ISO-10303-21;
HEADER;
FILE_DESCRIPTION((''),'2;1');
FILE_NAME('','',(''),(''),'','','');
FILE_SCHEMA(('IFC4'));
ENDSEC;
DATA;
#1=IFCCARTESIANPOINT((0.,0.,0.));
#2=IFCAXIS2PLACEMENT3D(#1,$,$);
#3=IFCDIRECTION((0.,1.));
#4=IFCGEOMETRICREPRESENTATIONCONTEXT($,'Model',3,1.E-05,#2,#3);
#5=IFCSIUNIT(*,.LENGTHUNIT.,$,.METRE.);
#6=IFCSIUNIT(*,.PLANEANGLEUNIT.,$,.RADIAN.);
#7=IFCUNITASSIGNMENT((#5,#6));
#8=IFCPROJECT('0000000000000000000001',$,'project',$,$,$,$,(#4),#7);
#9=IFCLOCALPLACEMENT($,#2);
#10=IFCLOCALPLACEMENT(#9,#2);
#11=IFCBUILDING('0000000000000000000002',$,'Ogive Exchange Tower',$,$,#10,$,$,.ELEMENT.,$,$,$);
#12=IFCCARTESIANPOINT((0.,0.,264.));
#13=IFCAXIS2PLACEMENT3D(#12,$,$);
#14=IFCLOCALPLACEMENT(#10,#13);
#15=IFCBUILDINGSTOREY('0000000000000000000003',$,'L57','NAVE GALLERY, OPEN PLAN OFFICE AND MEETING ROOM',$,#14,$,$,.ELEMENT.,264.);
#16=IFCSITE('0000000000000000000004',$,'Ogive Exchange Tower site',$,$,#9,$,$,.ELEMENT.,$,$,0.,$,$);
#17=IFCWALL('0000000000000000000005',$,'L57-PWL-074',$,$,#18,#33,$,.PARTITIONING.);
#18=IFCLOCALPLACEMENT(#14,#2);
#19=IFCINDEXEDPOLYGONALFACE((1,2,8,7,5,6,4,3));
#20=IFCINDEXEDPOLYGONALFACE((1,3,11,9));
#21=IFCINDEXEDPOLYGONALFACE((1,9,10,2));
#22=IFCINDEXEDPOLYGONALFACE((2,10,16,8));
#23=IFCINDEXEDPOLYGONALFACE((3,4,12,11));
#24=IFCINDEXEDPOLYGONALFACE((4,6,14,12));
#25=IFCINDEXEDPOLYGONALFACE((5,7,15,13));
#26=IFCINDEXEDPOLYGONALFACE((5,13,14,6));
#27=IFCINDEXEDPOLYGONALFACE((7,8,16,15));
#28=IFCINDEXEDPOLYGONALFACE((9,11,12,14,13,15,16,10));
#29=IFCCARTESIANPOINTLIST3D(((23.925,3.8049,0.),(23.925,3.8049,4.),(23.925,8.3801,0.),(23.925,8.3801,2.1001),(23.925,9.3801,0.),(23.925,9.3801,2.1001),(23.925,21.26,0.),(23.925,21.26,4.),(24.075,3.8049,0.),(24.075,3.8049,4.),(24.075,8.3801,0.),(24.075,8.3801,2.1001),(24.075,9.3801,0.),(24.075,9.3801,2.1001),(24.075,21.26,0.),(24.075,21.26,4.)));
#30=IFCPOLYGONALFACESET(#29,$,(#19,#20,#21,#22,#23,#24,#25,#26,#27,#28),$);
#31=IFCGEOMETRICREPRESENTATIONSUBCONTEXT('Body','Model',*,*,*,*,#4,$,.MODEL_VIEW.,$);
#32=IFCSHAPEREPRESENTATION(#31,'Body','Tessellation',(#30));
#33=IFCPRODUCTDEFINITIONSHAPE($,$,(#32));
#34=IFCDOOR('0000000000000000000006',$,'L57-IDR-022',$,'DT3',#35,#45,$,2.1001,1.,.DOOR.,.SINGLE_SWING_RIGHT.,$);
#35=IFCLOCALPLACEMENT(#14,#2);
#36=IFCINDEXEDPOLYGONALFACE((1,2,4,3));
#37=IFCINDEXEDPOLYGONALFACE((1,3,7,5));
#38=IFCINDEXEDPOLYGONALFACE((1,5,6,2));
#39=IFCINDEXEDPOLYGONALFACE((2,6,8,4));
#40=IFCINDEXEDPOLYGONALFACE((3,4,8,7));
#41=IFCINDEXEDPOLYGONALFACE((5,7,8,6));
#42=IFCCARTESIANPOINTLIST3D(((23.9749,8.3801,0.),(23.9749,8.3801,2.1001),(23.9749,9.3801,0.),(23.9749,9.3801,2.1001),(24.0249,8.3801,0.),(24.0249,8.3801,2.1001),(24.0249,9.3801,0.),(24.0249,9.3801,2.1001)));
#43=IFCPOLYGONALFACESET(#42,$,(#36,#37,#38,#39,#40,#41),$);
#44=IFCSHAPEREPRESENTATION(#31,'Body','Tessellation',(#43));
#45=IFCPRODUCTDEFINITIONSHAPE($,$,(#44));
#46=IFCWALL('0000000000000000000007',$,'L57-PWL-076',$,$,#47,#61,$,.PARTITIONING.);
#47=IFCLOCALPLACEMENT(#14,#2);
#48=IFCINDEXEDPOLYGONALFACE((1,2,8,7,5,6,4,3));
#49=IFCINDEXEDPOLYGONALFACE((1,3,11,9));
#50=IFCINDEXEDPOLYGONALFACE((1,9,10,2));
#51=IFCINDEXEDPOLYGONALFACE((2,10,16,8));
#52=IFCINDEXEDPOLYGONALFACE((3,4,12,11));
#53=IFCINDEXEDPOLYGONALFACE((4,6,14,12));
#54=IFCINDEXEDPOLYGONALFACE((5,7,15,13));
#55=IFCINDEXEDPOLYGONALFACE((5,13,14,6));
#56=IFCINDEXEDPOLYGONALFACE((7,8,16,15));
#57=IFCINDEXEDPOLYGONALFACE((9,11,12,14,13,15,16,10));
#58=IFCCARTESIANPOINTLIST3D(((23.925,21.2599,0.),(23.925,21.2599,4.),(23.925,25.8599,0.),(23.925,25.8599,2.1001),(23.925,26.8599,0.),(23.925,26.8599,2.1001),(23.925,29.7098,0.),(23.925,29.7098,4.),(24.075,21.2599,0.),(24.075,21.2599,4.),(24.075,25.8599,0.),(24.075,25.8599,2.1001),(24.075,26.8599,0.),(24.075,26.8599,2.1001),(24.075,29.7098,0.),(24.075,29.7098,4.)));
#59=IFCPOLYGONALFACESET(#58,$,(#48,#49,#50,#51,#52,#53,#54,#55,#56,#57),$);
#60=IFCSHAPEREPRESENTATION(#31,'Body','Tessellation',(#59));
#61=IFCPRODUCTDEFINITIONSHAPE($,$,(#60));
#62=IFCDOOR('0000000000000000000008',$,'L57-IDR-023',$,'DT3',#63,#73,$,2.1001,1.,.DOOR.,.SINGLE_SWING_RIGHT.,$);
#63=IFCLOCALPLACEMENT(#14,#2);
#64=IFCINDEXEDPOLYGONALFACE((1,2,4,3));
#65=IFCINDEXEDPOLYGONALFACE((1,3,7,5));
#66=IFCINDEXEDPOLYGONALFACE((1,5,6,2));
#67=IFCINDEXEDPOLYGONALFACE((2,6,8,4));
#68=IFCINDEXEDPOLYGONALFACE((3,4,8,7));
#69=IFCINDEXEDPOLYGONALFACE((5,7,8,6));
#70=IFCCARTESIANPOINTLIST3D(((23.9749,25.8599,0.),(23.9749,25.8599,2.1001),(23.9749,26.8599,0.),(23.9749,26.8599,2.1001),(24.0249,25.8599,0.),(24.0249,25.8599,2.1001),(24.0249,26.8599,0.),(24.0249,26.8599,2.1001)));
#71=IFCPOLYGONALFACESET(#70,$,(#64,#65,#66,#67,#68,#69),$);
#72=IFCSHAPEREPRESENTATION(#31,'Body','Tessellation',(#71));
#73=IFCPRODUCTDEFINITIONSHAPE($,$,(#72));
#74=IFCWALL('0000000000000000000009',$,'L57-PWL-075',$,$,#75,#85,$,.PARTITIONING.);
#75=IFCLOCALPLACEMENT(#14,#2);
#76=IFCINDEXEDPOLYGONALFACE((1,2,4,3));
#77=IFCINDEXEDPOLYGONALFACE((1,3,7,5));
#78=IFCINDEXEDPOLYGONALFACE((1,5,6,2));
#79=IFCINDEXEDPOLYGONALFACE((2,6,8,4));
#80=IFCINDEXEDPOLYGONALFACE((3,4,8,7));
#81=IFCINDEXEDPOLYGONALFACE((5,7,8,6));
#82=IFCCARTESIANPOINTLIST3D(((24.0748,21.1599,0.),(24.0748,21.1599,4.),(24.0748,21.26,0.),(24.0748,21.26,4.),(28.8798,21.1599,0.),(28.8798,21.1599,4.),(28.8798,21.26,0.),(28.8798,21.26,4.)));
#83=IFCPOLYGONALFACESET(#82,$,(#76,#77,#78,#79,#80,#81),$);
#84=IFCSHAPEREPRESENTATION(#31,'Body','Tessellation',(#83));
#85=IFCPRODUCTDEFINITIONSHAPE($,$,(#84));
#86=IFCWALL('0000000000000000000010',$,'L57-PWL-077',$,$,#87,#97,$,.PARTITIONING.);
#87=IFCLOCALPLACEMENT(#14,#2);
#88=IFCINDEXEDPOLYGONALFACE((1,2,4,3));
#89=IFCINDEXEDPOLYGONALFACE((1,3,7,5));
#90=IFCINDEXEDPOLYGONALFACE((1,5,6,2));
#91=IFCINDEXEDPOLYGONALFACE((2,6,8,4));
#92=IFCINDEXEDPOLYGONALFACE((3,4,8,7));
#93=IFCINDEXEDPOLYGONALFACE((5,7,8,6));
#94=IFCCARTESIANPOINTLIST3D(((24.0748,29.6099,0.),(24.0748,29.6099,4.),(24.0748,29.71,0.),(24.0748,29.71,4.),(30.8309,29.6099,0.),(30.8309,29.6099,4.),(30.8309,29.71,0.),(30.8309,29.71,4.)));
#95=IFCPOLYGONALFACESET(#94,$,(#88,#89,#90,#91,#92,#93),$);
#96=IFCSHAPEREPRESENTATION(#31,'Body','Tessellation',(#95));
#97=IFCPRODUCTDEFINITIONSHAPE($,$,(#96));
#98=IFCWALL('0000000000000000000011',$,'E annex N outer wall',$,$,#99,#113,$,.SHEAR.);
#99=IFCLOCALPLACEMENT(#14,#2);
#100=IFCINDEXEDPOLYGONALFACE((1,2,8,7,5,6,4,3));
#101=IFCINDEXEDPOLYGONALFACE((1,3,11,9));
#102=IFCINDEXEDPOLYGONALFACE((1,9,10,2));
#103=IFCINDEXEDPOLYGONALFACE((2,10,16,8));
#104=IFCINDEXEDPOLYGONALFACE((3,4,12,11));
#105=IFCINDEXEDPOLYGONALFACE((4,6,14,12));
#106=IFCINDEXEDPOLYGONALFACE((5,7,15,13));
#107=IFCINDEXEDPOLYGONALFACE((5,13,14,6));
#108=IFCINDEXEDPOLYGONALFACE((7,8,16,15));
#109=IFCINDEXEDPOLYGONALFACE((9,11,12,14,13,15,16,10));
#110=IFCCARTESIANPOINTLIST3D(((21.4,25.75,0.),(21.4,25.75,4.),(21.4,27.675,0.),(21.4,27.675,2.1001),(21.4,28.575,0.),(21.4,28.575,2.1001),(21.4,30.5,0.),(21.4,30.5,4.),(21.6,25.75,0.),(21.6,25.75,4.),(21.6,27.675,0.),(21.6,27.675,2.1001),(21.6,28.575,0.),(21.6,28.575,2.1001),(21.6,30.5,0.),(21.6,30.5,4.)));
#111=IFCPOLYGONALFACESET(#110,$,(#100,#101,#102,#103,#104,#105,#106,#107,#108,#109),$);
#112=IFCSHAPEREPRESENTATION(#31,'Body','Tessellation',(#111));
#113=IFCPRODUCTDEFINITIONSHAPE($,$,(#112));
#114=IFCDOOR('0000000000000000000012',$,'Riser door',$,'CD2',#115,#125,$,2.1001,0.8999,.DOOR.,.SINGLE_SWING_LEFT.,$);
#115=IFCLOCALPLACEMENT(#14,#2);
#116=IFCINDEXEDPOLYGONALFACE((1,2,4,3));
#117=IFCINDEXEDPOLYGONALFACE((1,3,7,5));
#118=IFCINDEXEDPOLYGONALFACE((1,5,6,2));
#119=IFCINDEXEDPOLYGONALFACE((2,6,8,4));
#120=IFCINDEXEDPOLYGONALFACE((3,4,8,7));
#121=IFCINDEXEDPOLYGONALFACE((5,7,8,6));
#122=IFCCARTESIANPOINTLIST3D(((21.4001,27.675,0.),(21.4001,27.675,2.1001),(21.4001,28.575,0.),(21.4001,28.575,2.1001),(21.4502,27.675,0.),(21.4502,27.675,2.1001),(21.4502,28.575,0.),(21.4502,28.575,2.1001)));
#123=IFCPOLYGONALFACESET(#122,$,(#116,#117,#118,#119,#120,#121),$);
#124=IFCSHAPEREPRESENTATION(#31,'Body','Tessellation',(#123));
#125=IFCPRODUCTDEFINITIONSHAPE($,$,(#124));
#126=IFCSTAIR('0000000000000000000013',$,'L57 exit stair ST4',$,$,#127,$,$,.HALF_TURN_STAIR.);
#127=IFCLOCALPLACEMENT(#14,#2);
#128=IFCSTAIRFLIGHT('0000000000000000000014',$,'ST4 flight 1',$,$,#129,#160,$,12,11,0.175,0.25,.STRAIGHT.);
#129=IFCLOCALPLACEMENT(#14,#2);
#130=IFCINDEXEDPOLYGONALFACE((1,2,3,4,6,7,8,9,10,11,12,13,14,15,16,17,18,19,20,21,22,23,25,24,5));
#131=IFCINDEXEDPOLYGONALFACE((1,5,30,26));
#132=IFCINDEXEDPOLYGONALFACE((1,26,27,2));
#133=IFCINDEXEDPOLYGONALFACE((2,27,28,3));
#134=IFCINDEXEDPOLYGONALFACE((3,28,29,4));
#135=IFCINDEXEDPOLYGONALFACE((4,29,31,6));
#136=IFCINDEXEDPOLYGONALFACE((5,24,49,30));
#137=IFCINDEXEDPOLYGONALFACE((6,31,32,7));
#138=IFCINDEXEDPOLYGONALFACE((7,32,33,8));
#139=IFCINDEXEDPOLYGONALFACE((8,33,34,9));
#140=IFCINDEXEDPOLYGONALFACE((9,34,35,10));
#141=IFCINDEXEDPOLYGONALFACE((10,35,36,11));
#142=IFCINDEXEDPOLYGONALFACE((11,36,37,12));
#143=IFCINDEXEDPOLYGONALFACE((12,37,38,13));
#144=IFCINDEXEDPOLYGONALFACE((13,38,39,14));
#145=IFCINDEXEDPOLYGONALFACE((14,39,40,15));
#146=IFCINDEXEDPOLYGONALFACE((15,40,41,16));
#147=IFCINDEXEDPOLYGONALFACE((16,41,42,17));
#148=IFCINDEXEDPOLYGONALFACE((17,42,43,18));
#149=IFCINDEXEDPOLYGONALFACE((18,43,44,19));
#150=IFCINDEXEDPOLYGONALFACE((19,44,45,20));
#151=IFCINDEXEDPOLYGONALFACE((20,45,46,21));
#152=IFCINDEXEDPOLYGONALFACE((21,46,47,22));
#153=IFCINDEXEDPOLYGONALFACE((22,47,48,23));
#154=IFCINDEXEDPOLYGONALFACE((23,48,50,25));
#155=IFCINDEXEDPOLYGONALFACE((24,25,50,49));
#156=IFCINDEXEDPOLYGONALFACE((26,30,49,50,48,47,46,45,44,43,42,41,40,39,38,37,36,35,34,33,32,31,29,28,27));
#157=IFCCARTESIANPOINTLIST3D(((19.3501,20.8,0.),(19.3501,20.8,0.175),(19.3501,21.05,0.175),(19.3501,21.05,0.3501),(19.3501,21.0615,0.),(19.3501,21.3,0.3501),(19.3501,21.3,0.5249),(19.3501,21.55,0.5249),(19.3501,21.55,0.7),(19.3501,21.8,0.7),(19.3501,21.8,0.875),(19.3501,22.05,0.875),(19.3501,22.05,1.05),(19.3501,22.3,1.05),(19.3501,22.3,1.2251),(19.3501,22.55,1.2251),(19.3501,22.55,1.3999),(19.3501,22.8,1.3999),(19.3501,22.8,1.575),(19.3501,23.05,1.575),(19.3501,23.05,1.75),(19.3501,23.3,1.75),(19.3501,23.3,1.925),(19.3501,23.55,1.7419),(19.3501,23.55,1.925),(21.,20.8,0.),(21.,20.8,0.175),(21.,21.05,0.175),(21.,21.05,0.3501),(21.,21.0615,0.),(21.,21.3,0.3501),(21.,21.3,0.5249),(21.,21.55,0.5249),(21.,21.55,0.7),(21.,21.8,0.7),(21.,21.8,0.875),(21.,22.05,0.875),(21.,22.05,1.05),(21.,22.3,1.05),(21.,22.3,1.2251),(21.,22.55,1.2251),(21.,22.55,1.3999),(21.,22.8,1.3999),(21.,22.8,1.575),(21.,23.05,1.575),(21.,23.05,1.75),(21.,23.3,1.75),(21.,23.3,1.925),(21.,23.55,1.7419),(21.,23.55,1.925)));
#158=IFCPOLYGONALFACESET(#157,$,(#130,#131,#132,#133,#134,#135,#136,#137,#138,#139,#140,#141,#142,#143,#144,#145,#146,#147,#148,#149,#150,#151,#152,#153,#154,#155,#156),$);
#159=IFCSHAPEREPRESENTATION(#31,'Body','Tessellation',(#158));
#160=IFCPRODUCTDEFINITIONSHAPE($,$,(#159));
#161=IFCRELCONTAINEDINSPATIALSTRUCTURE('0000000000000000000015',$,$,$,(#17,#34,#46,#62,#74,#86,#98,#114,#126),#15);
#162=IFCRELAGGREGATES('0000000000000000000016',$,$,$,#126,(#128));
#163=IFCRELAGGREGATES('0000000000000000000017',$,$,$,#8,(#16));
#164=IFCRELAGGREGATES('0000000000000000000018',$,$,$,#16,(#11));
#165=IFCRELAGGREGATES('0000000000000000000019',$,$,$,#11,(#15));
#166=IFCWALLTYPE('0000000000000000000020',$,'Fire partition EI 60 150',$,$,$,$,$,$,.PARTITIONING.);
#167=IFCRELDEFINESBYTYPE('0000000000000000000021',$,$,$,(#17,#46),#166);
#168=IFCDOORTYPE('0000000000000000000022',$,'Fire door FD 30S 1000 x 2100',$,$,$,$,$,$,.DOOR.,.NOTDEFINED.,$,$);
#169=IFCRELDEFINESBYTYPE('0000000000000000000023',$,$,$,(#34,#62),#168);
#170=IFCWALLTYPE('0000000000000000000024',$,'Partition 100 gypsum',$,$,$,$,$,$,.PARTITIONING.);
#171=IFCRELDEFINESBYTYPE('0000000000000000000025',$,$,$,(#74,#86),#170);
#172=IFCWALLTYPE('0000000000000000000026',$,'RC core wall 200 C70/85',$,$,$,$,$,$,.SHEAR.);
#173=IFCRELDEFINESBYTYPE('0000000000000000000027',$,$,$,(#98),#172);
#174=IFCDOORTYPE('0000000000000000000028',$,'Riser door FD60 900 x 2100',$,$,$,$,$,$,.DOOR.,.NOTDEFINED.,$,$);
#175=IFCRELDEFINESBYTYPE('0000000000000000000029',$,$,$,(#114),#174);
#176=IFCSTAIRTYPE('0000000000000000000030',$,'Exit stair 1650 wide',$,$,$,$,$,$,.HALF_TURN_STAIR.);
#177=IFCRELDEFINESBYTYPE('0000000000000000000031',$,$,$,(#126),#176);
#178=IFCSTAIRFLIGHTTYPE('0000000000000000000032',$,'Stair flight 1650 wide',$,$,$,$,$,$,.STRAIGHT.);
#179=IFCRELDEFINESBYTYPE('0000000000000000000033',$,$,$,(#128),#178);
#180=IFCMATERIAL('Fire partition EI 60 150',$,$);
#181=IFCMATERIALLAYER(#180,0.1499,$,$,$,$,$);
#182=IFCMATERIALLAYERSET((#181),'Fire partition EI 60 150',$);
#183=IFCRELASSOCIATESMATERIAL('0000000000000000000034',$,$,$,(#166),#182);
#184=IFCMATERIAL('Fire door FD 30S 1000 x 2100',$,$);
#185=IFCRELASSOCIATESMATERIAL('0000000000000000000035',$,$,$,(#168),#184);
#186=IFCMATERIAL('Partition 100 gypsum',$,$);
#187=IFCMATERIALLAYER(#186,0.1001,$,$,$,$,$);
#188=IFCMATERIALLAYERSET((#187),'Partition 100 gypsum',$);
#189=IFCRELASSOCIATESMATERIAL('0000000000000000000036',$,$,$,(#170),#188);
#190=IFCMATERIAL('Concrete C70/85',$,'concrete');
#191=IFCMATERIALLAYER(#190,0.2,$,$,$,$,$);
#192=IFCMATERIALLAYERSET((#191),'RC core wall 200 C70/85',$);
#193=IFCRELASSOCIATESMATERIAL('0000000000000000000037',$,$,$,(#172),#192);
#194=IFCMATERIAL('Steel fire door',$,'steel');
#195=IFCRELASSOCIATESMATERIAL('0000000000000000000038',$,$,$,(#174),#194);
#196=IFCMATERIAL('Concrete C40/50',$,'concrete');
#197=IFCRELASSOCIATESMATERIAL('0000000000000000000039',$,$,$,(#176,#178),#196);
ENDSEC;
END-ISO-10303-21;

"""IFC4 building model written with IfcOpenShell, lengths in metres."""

from ifc_helpers import new_model, si_unit, direction, frame, frame_2d, origin, place, context, subcontext, project, spatial, polyline, rectangle, outline, extrude, material, layer, layer_set, type_object, element, fill, aggregate, save


model = new_model("IFC4")

# Units and contexts
model_context = context("Model", 3, precision=1e-05, world=origin(), true_north=direction((0.0, 1.0)))
body_context = subcontext(model_context, "Body", "Model", "MODEL_VIEW")
ifc_project = project(units=[si_unit("LENGTHUNIT", "METRE"), si_unit("PLANEANGLEUNIT", "RADIAN")], contexts=[model_context])

# Site, building, storey
site_placement = place(None, origin())
site = spatial("IfcSite", under=ifc_project, at=site_placement, Name="Ogive Exchange Tower site", CompositionType="ELEMENT", RefElevation=0.0)
building_placement = place(site_placement, origin())
building = spatial("IfcBuilding", under=site, at=building_placement, Name="Ogive Exchange Tower", CompositionType="ELEMENT")
storey_placement = place(building_placement, frame((0.0, 0.0, 264.0)))
storey = spatial("IfcBuildingStorey", under=building, at=storey_placement, Name="L57", Description="NAVE GALLERY, OPEN PLAN OFFICE AND MEETING ROOM", CompositionType="ELEMENT", Elevation=264.0)

# Shared definitions
ifc_material_1 = material(Name="Fire partition EI 60 150")
ifc_layer_1 = layer(ifc_material_1, 0.1499)
ifc_layer_set_1 = layer_set([ifc_layer_1], Name="Fire partition EI 60 150")
wall_type_1 = type_object("IfcWallType", Name="Fire partition EI 60 150", PredefinedType="PARTITIONING", material=ifc_layer_set_1)

# Walls, openings, doors
wall_1_placement = place(storey_placement, frame((24.0, 21.26, 0.0), z_axis=(0.0, 0.0, 1.0), x_axis=(0.0, -1.0, 0.0)))
wall_1 = element("IfcWall", 1, at=wall_1_placement, inside=storey, type_object=wall_type_1, Name="L57-PWL-074", PredefinedType="PARTITIONING", context=body_context, shape_type="SweptSolid", body=[
    extrude(rectangle(XDim=17.4551, YDim=0.1499, at=frame_2d((8.7275, 0.0))), origin(), (0.0, 0.0, 1.0), 4.0),
])
opening_1_placement = place(wall_1_placement, frame((11.8799, 0.0, 0.0)))
opening_1 = element("IfcOpeningElement", 2, at=opening_1_placement, cuts=wall_1, PredefinedType="OPENING", context=body_context, shape_type="SweptSolid", body=[
    extrude(rectangle(XDim=1.0, YDim=2.1001, at=frame_2d((0.5, 1.05))), frame((0.0, 0.085, 0.0), z_axis=(0.0, -1.0, 0.0), x_axis=(1.0, 0.0, 0.0)), (0.0, 0.0, 1.0), 0.1699),
])
ifc_material_2 = material(Name="Fire door FD 30S 1000 x 2100")
door_type_1 = type_object("IfcDoorType", Name="Fire door FD 30S 1000 x 2100", OperationType="NOTDEFINED", PredefinedType="DOOR", material=ifc_material_2)
door_1_placement = place(opening_1_placement, origin())
door_1 = element("IfcDoor", 3, at=door_1_placement, inside=storey, type_object=door_type_1, Name="L57-IDR-022", ObjectType="DT3", OperationType="SINGLE_SWING_RIGHT", OverallHeight=2.1001, OverallWidth=1.0, PredefinedType="DOOR", context=body_context, shape_type="SweptSolid", body=[
    extrude(rectangle(XDim=1.0, YDim=2.1001, at=frame_2d((0.5, 1.05))), frame((0.0, 0.0249, 0.0), z_axis=(0.0, -1.0, 0.0), x_axis=(1.0, 0.0, 0.0)), (0.0, 0.0, 1.0), 0.05),
])
fill(opening_1, door_1)
wall_2_placement = place(storey_placement, frame((24.0, 29.71, 0.0), z_axis=(0.0, 0.0, 1.0), x_axis=(0.0, -1.0, 0.0)))
wall_2 = element("IfcWall", 4, at=wall_2_placement, inside=storey, type_object=wall_type_1, Name="L57-PWL-076", PredefinedType="PARTITIONING", context=body_context, shape_type="SweptSolid", body=[
    extrude(rectangle(XDim=8.45, YDim=0.1499, at=frame_2d((4.2251, 0.0))), origin(), (0.0, 0.0, 1.0), 4.0),
])
opening_2_placement = place(wall_2_placement, frame((2.8501, 0.0, 0.0)))
opening_2 = element("IfcOpeningElement", 5, at=opening_2_placement, cuts=wall_2, PredefinedType="OPENING", context=body_context, shape_type="SweptSolid", body=[
    extrude(rectangle(XDim=1.0, YDim=2.1001, at=frame_2d((0.5, 1.05))), frame((0.0, 0.085, 0.0), z_axis=(0.0, -1.0, 0.0), x_axis=(1.0, 0.0, 0.0)), (0.0, 0.0, 1.0), 0.1699),
])
door_2_placement = place(opening_2_placement, origin())
door_2 = element("IfcDoor", 6, at=door_2_placement, inside=storey, type_object=door_type_1, Name="L57-IDR-023", ObjectType="DT3", OperationType="SINGLE_SWING_RIGHT", OverallHeight=2.1001, OverallWidth=1.0, PredefinedType="DOOR", context=body_context, shape_type="SweptSolid", body=[
    extrude(rectangle(XDim=1.0, YDim=2.1001, at=frame_2d((0.5, 1.05))), frame((0.0, 0.0249, 0.0), z_axis=(0.0, -1.0, 0.0), x_axis=(1.0, 0.0, 0.0)), (0.0, 0.0, 1.0), 0.05),
])
fill(opening_2, door_2)

# Walls
ifc_material_3 = material(Name="Partition 100 gypsum")
ifc_layer_2 = layer(ifc_material_3, 0.1001)
ifc_layer_set_2 = layer_set([ifc_layer_2], Name="Partition 100 gypsum")
wall_type_2 = type_object("IfcWallType", Name="Partition 100 gypsum", PredefinedType="PARTITIONING", material=ifc_layer_set_2)
wall_3_placement = place(storey_placement, frame((24.075, 21.21, 0.0), z_axis=(0.0, 0.0, 1.0), x_axis=(1.0, 0.0, 0.0)))
element("IfcWall", 7, at=wall_3_placement, inside=storey, type_object=wall_type_2, Name="L57-PWL-075", PredefinedType="PARTITIONING", context=body_context, shape_type="SweptSolid", body=[
    extrude(rectangle(XDim=4.8049, YDim=0.1001, at=frame_2d((2.4023, 0.0))), origin(), (0.0, 0.0, 1.0), 4.0),
])
wall_4_placement = place(storey_placement, frame((24.075, 29.6599, 0.0), z_axis=(0.0, 0.0, 1.0), x_axis=(1.0, 0.0, 0.0)))
element("IfcWall", 8, at=wall_4_placement, inside=storey, type_object=wall_type_2, Name="L57-PWL-077", PredefinedType="PARTITIONING", context=body_context, shape_type="SweptSolid", body=[
    extrude(rectangle(XDim=6.7561, YDim=0.1001, at=frame_2d((3.3779, 0.0))), origin(), (0.0, 0.0, 1.0), 4.0),
])

# Wall, opening, door
ifc_material_4 = material(Name="Concrete C70/85", Category="concrete")
ifc_layer_3 = layer(ifc_material_4, 0.2)
ifc_layer_set_3 = layer_set([ifc_layer_3], Name="RC core wall 200 C70/85")
wall_type_3 = type_object("IfcWallType", Name="RC core wall 200 C70/85", PredefinedType="SHEAR", material=ifc_layer_set_3)
wall_5_placement = place(storey_placement, frame((21.5, 25.75, 0.0), z_axis=(0.0, 0.0, 1.0), x_axis=(0.0, 1.0, 0.0)))
wall_5 = element("IfcWall", 9, at=wall_5_placement, inside=storey, type_object=wall_type_3, Name="E annex N outer wall", PredefinedType="SHEAR", context=body_context, shape_type="SweptSolid", body=[
    extrude(rectangle(XDim=4.75, YDim=0.2, at=frame_2d((2.375, 0.0))), origin(), (0.0, 0.0, 1.0), 4.0),
])
opening_3_placement = place(wall_5_placement, frame((1.925, 0.0, 0.0)))
opening_3 = element("IfcOpeningElement", 10, at=opening_3_placement, cuts=wall_5, PredefinedType="OPENING", context=body_context, shape_type="SweptSolid", body=[
    extrude(rectangle(XDim=0.8999, YDim=2.1001, at=frame_2d((0.45, 1.05))), frame((0.0, 0.1099, 0.0), z_axis=(0.0, -1.0, 0.0), x_axis=(1.0, 0.0, 0.0)), (0.0, 0.0, 1.0), 0.22),
])
ifc_material_5 = material(Name="Steel fire door", Category="steel")
door_type_2 = type_object("IfcDoorType", Name="Riser door FD60 900 x 2100", OperationType="NOTDEFINED", PredefinedType="DOOR", material=ifc_material_5)
door_3_placement = place(opening_3_placement, frame((0.8999, 0.1499, 0.0), z_axis=(0.0, 0.0, 1.0), x_axis=(-1.0, 0.0, 0.0)))
door_3 = element("IfcDoor", 11, at=door_3_placement, inside=storey, type_object=door_type_2, Name="Riser door", ObjectType="CD2", OperationType="SINGLE_SWING_LEFT", OverallHeight=2.1001, OverallWidth=0.8999, PredefinedType="DOOR", context=body_context, shape_type="SweptSolid", body=[
    extrude(rectangle(XDim=0.8999, YDim=2.1001, at=frame_2d((0.45, 1.05))), frame((0.0, 0.1001, 0.0), z_axis=(0.0, -1.0, 0.0), x_axis=(1.0, 0.0, 0.0)), (0.0, 0.0, 1.0), 0.05),
])
fill(opening_3, door_3)

# Stair, stair flight
ifc_material_6 = material(Name="Concrete C40/50", Category="concrete")
stair_type = type_object("IfcStairType", Name="Exit stair 1650 wide", PredefinedType="HALF_TURN_STAIR", material=ifc_material_6)
stair_placement = place(storey_placement, origin())
stair = element("IfcStair", 12, at=stair_placement, inside=storey, type_object=stair_type, Name="L57 exit stair ST4", PredefinedType="HALF_TURN_STAIR")
stair_flight_type = type_object("IfcStairFlightType", Name="Stair flight 1650 wide", PredefinedType="STRAIGHT", material=ifc_material_6)
stair_flight_1_placement = place(storey_placement, frame((20.175, 20.8, 0.0), z_axis=(0.0, 0.0, 1.0), x_axis=(0.0, 1.0, 0.0)))
stair_flight_1 = element("IfcStairFlight", 13, at=stair_flight_1_placement, type_object=stair_flight_type, Name="ST4 flight 1", NumberOfRisers=12, NumberOfTreads=11, PredefinedType="STRAIGHT", RiserHeight=0.175, TreadLength=0.25, context=body_context, shape_type="SweptSolid", body=[
    extrude(outline(polyline([(0.0, 0.0), (0.0, 0.175), (0.25, 0.175), (0.25, 0.3501), (0.5, 0.3501), (0.5, 0.5249), (0.75, 0.5249), (0.75, 0.7), (1.0, 0.7), (1.0, 0.875), (1.25, 0.875), (1.25, 1.05), (1.5, 1.05), (1.5, 1.2251), (1.75, 1.2251), (1.75, 1.3999), (2.0, 1.3999), (2.0, 1.575), (2.25, 1.575), (2.25, 1.75), (2.5, 1.75), (2.5, 1.925), (2.75, 1.925), (2.75, 2.1001), (2.75, 1.7419), (0.2615, 0.0), (0.0, 0.0)])), frame((0.0, 0.825, 0.0), z_axis=(0.0, -1.0, 0.0), x_axis=(1.0, 0.0, 0.0)), (0.0, 0.0, 1.0), 1.6499),
])
aggregate(stair, [stair_flight_1])

save(model, "model.ifc")
